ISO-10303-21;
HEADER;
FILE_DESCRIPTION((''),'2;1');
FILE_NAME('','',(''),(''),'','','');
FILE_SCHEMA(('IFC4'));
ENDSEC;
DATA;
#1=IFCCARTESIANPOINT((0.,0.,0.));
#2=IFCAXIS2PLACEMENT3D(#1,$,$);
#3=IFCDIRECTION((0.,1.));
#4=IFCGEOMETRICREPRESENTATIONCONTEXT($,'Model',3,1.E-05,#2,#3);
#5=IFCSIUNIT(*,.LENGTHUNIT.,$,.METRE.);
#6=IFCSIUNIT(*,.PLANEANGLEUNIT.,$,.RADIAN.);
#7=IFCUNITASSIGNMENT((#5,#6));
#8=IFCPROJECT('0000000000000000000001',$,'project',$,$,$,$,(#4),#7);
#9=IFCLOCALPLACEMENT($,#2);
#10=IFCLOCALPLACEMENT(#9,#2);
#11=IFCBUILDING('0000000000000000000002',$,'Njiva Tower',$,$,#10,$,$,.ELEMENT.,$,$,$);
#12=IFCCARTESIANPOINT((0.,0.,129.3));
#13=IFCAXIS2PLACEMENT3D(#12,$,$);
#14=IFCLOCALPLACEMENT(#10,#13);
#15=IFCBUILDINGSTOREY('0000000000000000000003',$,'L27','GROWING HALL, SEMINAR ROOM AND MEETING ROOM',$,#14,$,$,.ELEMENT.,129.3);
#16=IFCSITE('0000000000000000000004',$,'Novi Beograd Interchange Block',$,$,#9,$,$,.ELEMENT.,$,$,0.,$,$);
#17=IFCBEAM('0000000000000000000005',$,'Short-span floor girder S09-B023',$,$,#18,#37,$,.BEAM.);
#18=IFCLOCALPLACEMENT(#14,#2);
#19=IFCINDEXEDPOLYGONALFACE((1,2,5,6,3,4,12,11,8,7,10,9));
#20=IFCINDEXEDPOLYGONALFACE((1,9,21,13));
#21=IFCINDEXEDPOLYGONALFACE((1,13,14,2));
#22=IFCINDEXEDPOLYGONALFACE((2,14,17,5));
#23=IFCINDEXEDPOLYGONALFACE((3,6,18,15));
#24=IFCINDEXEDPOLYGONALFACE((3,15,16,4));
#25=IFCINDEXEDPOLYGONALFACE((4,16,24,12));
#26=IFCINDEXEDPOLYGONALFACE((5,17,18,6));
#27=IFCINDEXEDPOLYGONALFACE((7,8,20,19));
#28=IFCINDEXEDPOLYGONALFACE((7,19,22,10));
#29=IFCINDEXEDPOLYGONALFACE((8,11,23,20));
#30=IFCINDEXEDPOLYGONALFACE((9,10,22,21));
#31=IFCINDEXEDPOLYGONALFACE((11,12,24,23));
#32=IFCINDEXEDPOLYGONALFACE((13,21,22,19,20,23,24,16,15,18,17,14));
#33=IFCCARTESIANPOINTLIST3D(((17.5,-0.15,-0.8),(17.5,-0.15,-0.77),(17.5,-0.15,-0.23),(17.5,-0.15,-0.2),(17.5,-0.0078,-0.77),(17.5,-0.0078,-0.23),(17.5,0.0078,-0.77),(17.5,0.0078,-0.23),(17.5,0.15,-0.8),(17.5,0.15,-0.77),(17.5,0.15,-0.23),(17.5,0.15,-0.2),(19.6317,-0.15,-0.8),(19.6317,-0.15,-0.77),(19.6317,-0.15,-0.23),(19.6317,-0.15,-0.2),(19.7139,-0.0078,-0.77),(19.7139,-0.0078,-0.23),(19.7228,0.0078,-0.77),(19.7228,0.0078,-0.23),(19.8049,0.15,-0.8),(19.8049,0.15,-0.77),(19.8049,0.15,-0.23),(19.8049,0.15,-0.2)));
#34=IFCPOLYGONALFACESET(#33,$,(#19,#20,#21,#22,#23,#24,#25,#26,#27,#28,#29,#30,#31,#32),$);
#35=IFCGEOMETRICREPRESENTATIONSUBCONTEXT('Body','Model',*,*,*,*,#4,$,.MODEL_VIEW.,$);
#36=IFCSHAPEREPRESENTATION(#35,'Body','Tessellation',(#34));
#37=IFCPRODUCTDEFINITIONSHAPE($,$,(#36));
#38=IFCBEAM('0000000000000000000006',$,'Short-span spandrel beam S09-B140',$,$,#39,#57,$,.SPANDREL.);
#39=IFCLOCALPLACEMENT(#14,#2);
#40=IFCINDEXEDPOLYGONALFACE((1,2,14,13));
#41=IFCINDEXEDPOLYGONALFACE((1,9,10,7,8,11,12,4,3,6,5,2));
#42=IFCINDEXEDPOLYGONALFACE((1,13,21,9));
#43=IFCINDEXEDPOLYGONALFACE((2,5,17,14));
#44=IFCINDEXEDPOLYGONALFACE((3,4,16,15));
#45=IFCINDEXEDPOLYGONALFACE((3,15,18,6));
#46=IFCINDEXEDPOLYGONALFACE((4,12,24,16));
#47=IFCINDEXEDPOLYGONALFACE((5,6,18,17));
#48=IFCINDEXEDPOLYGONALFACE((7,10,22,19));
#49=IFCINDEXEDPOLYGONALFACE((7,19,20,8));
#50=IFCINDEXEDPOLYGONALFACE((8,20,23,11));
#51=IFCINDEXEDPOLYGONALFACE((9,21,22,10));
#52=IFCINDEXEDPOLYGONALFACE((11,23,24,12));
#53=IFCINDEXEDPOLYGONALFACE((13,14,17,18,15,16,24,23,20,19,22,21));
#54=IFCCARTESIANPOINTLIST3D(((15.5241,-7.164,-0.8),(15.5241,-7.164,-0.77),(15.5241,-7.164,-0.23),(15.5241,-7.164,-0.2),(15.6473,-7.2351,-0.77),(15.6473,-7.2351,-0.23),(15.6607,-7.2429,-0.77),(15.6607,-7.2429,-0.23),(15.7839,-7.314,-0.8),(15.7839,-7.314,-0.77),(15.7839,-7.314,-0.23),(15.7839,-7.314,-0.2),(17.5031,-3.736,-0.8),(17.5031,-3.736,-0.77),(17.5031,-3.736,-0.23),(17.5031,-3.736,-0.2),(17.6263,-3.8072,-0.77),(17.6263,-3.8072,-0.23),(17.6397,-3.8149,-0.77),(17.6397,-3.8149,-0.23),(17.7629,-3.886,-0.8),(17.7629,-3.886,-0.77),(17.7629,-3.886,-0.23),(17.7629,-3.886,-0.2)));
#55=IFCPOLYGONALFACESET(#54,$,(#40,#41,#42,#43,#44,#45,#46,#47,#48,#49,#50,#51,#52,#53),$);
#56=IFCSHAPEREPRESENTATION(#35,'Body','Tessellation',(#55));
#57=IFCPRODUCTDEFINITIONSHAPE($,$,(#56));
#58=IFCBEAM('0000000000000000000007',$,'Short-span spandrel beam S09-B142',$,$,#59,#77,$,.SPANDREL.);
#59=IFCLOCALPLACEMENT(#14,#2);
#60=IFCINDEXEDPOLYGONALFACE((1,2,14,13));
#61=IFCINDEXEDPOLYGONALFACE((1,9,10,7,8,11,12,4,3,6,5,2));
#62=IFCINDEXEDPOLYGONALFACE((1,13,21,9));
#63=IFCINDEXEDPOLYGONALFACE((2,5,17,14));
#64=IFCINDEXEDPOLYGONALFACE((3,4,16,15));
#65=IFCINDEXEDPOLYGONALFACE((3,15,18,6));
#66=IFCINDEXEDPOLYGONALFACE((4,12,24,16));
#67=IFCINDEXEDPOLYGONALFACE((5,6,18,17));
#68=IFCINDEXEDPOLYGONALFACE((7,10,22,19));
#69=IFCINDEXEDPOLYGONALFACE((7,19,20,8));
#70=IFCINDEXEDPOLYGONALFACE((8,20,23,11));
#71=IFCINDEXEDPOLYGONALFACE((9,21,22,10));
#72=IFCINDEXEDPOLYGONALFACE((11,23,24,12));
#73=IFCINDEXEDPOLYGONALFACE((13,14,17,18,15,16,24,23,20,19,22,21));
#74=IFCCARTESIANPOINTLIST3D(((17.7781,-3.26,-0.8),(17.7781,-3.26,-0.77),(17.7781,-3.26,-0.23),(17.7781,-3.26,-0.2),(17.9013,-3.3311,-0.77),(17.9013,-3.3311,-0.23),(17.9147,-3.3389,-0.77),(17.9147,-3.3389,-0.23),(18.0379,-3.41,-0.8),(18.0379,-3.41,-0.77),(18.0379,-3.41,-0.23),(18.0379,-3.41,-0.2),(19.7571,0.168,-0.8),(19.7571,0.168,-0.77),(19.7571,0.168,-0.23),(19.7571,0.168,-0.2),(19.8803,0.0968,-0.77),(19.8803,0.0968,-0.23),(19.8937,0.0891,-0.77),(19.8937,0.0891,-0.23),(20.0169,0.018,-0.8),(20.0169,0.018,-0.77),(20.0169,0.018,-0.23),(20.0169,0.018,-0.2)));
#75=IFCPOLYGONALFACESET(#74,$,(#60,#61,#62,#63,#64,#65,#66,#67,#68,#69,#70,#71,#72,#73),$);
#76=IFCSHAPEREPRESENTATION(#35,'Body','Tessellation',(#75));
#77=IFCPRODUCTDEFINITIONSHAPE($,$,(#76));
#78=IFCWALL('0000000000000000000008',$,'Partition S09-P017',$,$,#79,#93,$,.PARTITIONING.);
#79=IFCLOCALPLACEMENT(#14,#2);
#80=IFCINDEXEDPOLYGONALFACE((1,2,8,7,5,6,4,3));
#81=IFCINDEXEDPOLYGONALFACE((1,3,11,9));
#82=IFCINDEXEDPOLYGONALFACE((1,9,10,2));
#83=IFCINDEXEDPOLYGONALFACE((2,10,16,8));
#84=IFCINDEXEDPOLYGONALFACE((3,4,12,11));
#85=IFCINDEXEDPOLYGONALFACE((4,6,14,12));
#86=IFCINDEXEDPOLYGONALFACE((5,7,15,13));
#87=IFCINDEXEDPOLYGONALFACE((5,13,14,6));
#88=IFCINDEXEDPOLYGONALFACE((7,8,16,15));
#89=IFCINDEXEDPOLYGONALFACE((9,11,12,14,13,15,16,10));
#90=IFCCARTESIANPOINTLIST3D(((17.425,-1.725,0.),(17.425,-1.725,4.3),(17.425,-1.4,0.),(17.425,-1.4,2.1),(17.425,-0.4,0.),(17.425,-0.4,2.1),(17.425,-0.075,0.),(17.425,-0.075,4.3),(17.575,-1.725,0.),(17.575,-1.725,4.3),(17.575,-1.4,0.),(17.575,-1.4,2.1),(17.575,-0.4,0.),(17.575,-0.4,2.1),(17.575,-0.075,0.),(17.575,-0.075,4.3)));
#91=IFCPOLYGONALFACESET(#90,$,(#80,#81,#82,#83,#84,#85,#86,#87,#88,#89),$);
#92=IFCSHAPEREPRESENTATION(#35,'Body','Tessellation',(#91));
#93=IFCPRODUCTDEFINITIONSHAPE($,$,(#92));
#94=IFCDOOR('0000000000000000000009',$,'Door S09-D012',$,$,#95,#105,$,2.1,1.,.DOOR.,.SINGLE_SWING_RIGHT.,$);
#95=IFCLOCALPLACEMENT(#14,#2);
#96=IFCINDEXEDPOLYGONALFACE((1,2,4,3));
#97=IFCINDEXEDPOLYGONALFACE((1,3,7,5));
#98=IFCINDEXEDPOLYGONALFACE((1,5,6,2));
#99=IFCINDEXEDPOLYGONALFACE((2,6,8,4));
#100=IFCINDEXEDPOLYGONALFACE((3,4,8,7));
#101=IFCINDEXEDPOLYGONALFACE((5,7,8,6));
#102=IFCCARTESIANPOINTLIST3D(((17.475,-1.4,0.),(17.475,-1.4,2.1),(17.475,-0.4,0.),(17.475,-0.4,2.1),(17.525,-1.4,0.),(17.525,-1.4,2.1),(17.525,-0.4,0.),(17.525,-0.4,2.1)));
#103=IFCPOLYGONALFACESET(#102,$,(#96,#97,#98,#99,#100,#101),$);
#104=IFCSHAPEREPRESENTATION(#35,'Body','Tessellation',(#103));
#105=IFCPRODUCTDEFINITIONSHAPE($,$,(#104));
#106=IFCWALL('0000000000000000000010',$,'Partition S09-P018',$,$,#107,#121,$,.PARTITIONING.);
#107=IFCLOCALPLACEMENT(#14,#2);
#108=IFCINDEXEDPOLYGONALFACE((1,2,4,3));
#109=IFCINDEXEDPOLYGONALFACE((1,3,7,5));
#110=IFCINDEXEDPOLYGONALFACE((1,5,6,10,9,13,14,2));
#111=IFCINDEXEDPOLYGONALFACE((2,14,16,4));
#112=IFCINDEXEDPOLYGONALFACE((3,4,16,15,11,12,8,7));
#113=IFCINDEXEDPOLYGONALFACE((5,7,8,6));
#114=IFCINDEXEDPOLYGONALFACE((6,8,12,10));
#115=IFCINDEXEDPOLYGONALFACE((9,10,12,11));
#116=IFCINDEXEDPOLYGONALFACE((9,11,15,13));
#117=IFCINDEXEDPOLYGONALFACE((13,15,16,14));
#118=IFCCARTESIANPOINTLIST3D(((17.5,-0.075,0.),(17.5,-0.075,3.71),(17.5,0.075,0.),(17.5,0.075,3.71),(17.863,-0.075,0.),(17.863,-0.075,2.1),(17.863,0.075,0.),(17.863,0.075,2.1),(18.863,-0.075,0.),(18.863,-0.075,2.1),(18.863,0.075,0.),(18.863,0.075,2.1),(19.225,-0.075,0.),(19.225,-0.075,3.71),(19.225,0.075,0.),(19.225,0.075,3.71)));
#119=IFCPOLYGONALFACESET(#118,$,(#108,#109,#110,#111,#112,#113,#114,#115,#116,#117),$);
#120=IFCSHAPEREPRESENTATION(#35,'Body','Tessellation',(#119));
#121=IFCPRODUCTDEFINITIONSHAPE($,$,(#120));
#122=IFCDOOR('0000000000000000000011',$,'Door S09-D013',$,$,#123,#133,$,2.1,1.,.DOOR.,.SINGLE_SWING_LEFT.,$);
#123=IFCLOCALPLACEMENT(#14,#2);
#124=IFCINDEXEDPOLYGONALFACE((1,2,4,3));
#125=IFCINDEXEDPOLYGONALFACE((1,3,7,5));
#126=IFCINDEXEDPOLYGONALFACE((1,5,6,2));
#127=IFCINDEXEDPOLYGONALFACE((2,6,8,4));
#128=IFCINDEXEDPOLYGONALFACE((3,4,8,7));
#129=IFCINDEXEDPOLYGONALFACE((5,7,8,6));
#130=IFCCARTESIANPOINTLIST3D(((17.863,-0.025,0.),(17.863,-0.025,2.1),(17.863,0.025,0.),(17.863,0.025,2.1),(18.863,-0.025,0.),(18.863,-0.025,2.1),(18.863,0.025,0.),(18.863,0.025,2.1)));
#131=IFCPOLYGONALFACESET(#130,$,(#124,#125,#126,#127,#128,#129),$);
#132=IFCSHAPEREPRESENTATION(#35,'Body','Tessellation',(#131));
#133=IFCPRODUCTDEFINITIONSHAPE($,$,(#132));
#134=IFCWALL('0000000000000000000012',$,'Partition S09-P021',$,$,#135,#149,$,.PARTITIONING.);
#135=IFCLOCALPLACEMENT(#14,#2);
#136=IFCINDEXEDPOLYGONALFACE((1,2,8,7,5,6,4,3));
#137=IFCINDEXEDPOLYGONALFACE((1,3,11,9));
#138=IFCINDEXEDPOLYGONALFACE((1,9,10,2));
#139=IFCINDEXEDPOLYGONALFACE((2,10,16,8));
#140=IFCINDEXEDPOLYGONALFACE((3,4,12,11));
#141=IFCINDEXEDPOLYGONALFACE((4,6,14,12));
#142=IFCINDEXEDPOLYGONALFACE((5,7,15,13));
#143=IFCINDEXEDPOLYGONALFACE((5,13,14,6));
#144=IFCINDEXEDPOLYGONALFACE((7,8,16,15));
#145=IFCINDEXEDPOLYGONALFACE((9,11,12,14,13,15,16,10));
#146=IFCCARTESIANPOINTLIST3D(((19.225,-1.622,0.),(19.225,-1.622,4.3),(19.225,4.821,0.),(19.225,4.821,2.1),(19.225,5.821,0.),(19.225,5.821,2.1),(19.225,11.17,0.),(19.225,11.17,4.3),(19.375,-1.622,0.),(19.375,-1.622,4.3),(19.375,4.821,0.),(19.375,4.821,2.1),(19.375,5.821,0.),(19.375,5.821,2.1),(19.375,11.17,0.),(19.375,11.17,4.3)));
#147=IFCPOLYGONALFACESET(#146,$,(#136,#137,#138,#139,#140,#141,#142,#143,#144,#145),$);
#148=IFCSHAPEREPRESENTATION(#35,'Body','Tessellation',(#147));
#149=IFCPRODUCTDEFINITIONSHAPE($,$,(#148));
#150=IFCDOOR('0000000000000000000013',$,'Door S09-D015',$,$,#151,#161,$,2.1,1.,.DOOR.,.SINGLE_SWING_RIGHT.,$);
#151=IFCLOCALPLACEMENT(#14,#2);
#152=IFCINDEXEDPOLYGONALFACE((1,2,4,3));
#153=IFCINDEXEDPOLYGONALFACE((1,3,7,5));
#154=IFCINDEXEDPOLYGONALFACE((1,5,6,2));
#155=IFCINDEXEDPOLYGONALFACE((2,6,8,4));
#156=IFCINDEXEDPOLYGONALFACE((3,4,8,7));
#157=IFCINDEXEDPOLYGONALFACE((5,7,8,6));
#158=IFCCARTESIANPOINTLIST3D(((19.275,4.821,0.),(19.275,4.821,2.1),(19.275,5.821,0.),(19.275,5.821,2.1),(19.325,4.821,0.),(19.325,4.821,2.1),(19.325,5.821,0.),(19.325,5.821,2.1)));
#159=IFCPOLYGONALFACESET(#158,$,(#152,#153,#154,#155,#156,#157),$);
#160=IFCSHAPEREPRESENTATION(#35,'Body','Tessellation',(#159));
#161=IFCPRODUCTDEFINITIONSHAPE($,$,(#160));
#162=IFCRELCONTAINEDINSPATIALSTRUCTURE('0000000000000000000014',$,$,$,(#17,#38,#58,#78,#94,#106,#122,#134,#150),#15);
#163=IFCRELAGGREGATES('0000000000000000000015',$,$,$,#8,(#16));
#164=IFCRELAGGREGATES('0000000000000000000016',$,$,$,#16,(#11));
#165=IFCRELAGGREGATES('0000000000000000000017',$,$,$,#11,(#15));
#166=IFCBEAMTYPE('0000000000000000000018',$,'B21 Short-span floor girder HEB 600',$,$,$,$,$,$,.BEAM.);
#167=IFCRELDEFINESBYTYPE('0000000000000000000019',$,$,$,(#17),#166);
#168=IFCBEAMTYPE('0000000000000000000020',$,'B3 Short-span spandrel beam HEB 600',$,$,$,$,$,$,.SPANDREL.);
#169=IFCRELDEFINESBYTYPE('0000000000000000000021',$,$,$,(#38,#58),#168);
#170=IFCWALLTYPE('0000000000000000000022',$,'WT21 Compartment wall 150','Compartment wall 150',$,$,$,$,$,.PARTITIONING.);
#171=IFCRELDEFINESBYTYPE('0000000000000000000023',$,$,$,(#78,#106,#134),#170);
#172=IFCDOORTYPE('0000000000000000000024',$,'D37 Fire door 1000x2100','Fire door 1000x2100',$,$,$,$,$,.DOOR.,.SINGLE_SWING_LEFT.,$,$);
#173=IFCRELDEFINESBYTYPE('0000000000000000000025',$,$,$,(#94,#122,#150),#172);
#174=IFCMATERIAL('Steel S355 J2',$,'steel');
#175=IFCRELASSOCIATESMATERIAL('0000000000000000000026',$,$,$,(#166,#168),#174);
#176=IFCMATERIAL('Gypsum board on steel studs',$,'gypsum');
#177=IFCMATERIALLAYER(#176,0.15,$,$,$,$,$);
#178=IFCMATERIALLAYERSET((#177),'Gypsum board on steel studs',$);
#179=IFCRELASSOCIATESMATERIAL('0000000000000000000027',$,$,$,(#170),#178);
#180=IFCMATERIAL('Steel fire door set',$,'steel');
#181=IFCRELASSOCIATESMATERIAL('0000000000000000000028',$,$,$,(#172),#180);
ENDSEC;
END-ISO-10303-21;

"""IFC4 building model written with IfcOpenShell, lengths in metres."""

from ifc_helpers import new_model, si_unit, direction, frame, frame_2d, origin, origin_2d, place, context, subcontext, project, spatial, rectangle, i_section, extrude, clip, halfspace, material, layer, layer_set, material_profile, profile_set, type_object, element, fill, save


model = new_model("IFC4")

# Units and contexts
model_context = context("Model", 3, precision=1e-05, world=origin(), true_north=direction((0.0, 1.0)))
body_context = subcontext(model_context, "Body", "Model", "MODEL_VIEW")
ifc_project = project(units=[si_unit("LENGTHUNIT", "METRE"), si_unit("PLANEANGLEUNIT", "RADIAN")], contexts=[model_context])

# Site, building, storey
site_placement = place(None, origin())
site = spatial("IfcSite", under=ifc_project, at=site_placement, Name="Novi Beograd Interchange Block", CompositionType="ELEMENT", RefElevation=0.0)
building_placement = place(site_placement, origin())
building = spatial("IfcBuilding", under=site, at=building_placement, Name="Njiva Tower", CompositionType="ELEMENT")
storey_placement = place(building_placement, frame((0.0, 0.0, 129.3)))
storey = spatial("IfcBuildingStorey", under=building, at=storey_placement, Name="L27", Description="GROWING HALL, SEMINAR ROOM AND MEETING ROOM", CompositionType="ELEMENT", Elevation=129.3)

# Shared definitions
ifc_material_1 = material(Name="Steel S355 J2", Category="steel")

# Beams
ifc_material_profile_1 = material_profile(ifc_material_1, i_section(OverallWidth=0.3, OverallDepth=0.6, WebThickness=0.0155, FlangeThickness=0.03, at=origin_2d()), Name="HEB 600")
ifc_profile_set_1 = profile_set([ifc_material_profile_1], Name="Steel S355 J2")
beam_type_1 = type_object("IfcBeamType", Name="B21 Short-span floor girder HEB 600", PredefinedType="BEAM", material=ifc_profile_set_1)
beam_1_placement = place(storey_placement, frame((17.5, 0.0, -0.5), z_axis=(1.0, 0.0, 0.0), x_axis=(0.0, 1.0, 0.0)))
element("IfcBeam", 1, at=beam_1_placement, inside=storey, type_object=beam_type_1, Name="Short-span floor girder S09-B023", PredefinedType="BEAM", context=body_context, shape_type="Clipping", body=[
    clip(extrude(i_section(OverallWidth=0.3, OverallDepth=0.6, WebThickness=0.0155, FlangeThickness=0.03, at=origin_2d()), origin(), (0.0, 0.0, 1.0), 2.325), halfspace(frame((-0.025, 0.0, 2.2039), z_axis=(-0.499998, 0.0, 0.866027), x_axis=(0.0, 1.0, 0.0)), False)),
])
ifc_material_profile_2 = material_profile(ifc_material_1, i_section(OverallWidth=0.3, OverallDepth=0.6, WebThickness=0.0155, FlangeThickness=0.03, at=origin_2d()), Name="HEB 600")
ifc_profile_set_2 = profile_set([ifc_material_profile_2], Name="Steel S355 J2")
beam_type_2 = type_object("IfcBeamType", Name="B3 Short-span spandrel beam HEB 600", PredefinedType="SPANDREL", material=ifc_profile_set_2)
for number, where, z_axis, x_axis, name in (
    (2, (15.654, -7.239, -0.5), (0.49997, 0.866043, 0.0), (-0.866043, 0.49997, 0.0), "Short-span spandrel beam S09-B140"),
    (3, (17.908, -3.335, -0.5), (0.49997, 0.866043, 0.0), (-0.866043, 0.49997, 0.0), "Short-span spandrel beam S09-B142"),
):
    element("IfcBeam", number, at=place(storey_placement, frame(where, z_axis=z_axis, x_axis=x_axis)), inside=storey, type_object=beam_type_2, Name=name, PredefinedType="SPANDREL", context=body_context, shape_type="SweptSolid", body=[
        extrude(i_section(OverallWidth=0.3, OverallDepth=0.6, WebThickness=0.0155, FlangeThickness=0.03, at=origin_2d()), origin(), (0.0, 0.0, 1.0), 3.9582),
    ])

# Walls, openings, doors
ifc_material_2 = material(Name="Gypsum board on steel studs", Category="gypsum")
ifc_layer = layer(ifc_material_2, 0.15)
ifc_layer_set = layer_set([ifc_layer], Name="Gypsum board on steel studs")
wall_type = type_object("IfcWallType", Name="WT21 Compartment wall 150", Description="Compartment wall 150", PredefinedType="PARTITIONING", material=ifc_layer_set)
wall_1_placement = place(storey_placement, frame((17.5, -1.725, 0.0), z_axis=(0.0, 0.0, 1.0), x_axis=(0.0, 1.0, 0.0)))
wall_1 = element("IfcWall", 4, at=wall_1_placement, inside=storey, type_object=wall_type, Name="Partition S09-P017", PredefinedType="PARTITIONING", context=body_context, shape_type="SweptSolid", body=[
    extrude(rectangle(XDim=1.65, YDim=0.15, at=frame_2d((0.825, 0.0))), origin(), (0.0, 0.0, 1.0), 4.3),
])
opening_1_placement = place(wall_1_placement, frame((0.325, 0.0, 0.0)))
opening_1 = element("IfcOpeningElement", 5, at=opening_1_placement, cuts=wall_1, PredefinedType="OPENING", context=body_context, shape_type="SweptSolid", body=[
    extrude(rectangle(XDim=1.0, YDim=2.1, at=frame_2d((0.5, 1.05))), frame((0.0, 0.085, 0.0), z_axis=(0.0, -1.0, 0.0), x_axis=(1.0, 0.0, 0.0)), (0.0, 0.0, 1.0), 0.17),
])
ifc_material_3 = material(Name="Steel fire door set", Category="steel")
door_type = type_object("IfcDoorType", Name="D37 Fire door 1000x2100", Description="Fire door 1000x2100", OperationType="SINGLE_SWING_LEFT", PredefinedType="DOOR", material=ifc_material_3)
door_1_placement = place(opening_1_placement, origin())
door_1 = element("IfcDoor", 6, at=door_1_placement, inside=storey, type_object=door_type, Name="Door S09-D012", OperationType="SINGLE_SWING_RIGHT", OverallHeight=2.1, OverallWidth=1.0, PredefinedType="DOOR", context=body_context, shape_type="SweptSolid", body=[
    extrude(rectangle(XDim=1.0, YDim=2.1, at=frame_2d((0.5, 1.05))), frame((0.0, 0.025, 0.0), z_axis=(0.0, -1.0, 0.0), x_axis=(1.0, 0.0, 0.0)), (0.0, 0.0, 1.0), 0.05),
])
fill(opening_1, door_1)
wall_2_placement = place(storey_placement, frame((17.5, 0.0, 0.0), z_axis=(0.0, 0.0, 1.0), x_axis=(1.0, 0.0, 0.0)))
wall_2 = element("IfcWall", 7, at=wall_2_placement, inside=storey, type_object=wall_type, Name="Partition S09-P018", PredefinedType="PARTITIONING", context=body_context, shape_type="SweptSolid", body=[
    extrude(rectangle(XDim=1.725, YDim=0.15, at=frame_2d((0.8625, 0.0))), origin(), (0.0, 0.0, 1.0), 3.71),
])
opening_2_placement = place(wall_2_placement, frame((0.363, 0.0, 0.0)))
opening_2 = element("IfcOpeningElement", 8, at=opening_2_placement, cuts=wall_2, PredefinedType="OPENING", context=body_context, shape_type="SweptSolid", body=[
    extrude(rectangle(XDim=1.0, YDim=2.1, at=frame_2d((0.5, 1.05))), frame((0.0, 0.085, 0.0), z_axis=(0.0, -1.0, 0.0), x_axis=(1.0, 0.0, 0.0)), (0.0, 0.0, 1.0), 0.17),
])
door_2_placement = place(opening_2_placement, origin())
door_2 = element("IfcDoor", 9, at=door_2_placement, inside=storey, type_object=door_type, Name="Door S09-D013", OperationType="SINGLE_SWING_LEFT", OverallHeight=2.1, OverallWidth=1.0, PredefinedType="DOOR", context=body_context, shape_type="SweptSolid", body=[
    extrude(rectangle(XDim=1.0, YDim=2.1, at=frame_2d((0.5, 1.05))), frame((0.0, 0.025, 0.0), z_axis=(0.0, -1.0, 0.0), x_axis=(1.0, 0.0, 0.0)), (0.0, 0.0, 1.0), 0.05),
])
fill(opening_2, door_2)
wall_3_placement = place(storey_placement, frame((19.3, -1.622, 0.0), z_axis=(0.0, 0.0, 1.0), x_axis=(0.0, 1.0, 0.0)))
wall_3 = element("IfcWall", 10, at=wall_3_placement, inside=storey, type_object=wall_type, Name="Partition S09-P021", PredefinedType="PARTITIONING", context=body_context, shape_type="SweptSolid", body=[
    extrude(rectangle(XDim=12.792, YDim=0.15, at=frame_2d((6.396, 0.0))), origin(), (0.0, 0.0, 1.0), 4.3),
])
opening_3_placement = place(wall_3_placement, frame((6.443, 0.0, 0.0)))
opening_3 = element("IfcOpeningElement", 11, at=opening_3_placement, cuts=wall_3, PredefinedType="OPENING", context=body_context, shape_type="SweptSolid", body=[
    extrude(rectangle(XDim=1.0, YDim=2.1, at=frame_2d((0.5, 1.05))), frame((0.0, 0.085, 0.0), z_axis=(0.0, -1.0, 0.0), x_axis=(1.0, 0.0, 0.0)), (0.0, 0.0, 1.0), 0.17),
])
door_3_placement = place(opening_3_placement, origin())
door_3 = element("IfcDoor", 12, at=door_3_placement, inside=storey, type_object=door_type, Name="Door S09-D015", OperationType="SINGLE_SWING_RIGHT", OverallHeight=2.1, OverallWidth=1.0, PredefinedType="DOOR", context=body_context, shape_type="SweptSolid", body=[
    extrude(rectangle(XDim=1.0, YDim=2.1, at=frame_2d((0.5, 1.05))), frame((0.0, 0.025, 0.0), z_axis=(0.0, -1.0, 0.0), x_axis=(1.0, 0.0, 0.0)), (0.0, 0.0, 1.0), 0.05),
])
fill(opening_3, door_3)

save(model, "model.ifc")
